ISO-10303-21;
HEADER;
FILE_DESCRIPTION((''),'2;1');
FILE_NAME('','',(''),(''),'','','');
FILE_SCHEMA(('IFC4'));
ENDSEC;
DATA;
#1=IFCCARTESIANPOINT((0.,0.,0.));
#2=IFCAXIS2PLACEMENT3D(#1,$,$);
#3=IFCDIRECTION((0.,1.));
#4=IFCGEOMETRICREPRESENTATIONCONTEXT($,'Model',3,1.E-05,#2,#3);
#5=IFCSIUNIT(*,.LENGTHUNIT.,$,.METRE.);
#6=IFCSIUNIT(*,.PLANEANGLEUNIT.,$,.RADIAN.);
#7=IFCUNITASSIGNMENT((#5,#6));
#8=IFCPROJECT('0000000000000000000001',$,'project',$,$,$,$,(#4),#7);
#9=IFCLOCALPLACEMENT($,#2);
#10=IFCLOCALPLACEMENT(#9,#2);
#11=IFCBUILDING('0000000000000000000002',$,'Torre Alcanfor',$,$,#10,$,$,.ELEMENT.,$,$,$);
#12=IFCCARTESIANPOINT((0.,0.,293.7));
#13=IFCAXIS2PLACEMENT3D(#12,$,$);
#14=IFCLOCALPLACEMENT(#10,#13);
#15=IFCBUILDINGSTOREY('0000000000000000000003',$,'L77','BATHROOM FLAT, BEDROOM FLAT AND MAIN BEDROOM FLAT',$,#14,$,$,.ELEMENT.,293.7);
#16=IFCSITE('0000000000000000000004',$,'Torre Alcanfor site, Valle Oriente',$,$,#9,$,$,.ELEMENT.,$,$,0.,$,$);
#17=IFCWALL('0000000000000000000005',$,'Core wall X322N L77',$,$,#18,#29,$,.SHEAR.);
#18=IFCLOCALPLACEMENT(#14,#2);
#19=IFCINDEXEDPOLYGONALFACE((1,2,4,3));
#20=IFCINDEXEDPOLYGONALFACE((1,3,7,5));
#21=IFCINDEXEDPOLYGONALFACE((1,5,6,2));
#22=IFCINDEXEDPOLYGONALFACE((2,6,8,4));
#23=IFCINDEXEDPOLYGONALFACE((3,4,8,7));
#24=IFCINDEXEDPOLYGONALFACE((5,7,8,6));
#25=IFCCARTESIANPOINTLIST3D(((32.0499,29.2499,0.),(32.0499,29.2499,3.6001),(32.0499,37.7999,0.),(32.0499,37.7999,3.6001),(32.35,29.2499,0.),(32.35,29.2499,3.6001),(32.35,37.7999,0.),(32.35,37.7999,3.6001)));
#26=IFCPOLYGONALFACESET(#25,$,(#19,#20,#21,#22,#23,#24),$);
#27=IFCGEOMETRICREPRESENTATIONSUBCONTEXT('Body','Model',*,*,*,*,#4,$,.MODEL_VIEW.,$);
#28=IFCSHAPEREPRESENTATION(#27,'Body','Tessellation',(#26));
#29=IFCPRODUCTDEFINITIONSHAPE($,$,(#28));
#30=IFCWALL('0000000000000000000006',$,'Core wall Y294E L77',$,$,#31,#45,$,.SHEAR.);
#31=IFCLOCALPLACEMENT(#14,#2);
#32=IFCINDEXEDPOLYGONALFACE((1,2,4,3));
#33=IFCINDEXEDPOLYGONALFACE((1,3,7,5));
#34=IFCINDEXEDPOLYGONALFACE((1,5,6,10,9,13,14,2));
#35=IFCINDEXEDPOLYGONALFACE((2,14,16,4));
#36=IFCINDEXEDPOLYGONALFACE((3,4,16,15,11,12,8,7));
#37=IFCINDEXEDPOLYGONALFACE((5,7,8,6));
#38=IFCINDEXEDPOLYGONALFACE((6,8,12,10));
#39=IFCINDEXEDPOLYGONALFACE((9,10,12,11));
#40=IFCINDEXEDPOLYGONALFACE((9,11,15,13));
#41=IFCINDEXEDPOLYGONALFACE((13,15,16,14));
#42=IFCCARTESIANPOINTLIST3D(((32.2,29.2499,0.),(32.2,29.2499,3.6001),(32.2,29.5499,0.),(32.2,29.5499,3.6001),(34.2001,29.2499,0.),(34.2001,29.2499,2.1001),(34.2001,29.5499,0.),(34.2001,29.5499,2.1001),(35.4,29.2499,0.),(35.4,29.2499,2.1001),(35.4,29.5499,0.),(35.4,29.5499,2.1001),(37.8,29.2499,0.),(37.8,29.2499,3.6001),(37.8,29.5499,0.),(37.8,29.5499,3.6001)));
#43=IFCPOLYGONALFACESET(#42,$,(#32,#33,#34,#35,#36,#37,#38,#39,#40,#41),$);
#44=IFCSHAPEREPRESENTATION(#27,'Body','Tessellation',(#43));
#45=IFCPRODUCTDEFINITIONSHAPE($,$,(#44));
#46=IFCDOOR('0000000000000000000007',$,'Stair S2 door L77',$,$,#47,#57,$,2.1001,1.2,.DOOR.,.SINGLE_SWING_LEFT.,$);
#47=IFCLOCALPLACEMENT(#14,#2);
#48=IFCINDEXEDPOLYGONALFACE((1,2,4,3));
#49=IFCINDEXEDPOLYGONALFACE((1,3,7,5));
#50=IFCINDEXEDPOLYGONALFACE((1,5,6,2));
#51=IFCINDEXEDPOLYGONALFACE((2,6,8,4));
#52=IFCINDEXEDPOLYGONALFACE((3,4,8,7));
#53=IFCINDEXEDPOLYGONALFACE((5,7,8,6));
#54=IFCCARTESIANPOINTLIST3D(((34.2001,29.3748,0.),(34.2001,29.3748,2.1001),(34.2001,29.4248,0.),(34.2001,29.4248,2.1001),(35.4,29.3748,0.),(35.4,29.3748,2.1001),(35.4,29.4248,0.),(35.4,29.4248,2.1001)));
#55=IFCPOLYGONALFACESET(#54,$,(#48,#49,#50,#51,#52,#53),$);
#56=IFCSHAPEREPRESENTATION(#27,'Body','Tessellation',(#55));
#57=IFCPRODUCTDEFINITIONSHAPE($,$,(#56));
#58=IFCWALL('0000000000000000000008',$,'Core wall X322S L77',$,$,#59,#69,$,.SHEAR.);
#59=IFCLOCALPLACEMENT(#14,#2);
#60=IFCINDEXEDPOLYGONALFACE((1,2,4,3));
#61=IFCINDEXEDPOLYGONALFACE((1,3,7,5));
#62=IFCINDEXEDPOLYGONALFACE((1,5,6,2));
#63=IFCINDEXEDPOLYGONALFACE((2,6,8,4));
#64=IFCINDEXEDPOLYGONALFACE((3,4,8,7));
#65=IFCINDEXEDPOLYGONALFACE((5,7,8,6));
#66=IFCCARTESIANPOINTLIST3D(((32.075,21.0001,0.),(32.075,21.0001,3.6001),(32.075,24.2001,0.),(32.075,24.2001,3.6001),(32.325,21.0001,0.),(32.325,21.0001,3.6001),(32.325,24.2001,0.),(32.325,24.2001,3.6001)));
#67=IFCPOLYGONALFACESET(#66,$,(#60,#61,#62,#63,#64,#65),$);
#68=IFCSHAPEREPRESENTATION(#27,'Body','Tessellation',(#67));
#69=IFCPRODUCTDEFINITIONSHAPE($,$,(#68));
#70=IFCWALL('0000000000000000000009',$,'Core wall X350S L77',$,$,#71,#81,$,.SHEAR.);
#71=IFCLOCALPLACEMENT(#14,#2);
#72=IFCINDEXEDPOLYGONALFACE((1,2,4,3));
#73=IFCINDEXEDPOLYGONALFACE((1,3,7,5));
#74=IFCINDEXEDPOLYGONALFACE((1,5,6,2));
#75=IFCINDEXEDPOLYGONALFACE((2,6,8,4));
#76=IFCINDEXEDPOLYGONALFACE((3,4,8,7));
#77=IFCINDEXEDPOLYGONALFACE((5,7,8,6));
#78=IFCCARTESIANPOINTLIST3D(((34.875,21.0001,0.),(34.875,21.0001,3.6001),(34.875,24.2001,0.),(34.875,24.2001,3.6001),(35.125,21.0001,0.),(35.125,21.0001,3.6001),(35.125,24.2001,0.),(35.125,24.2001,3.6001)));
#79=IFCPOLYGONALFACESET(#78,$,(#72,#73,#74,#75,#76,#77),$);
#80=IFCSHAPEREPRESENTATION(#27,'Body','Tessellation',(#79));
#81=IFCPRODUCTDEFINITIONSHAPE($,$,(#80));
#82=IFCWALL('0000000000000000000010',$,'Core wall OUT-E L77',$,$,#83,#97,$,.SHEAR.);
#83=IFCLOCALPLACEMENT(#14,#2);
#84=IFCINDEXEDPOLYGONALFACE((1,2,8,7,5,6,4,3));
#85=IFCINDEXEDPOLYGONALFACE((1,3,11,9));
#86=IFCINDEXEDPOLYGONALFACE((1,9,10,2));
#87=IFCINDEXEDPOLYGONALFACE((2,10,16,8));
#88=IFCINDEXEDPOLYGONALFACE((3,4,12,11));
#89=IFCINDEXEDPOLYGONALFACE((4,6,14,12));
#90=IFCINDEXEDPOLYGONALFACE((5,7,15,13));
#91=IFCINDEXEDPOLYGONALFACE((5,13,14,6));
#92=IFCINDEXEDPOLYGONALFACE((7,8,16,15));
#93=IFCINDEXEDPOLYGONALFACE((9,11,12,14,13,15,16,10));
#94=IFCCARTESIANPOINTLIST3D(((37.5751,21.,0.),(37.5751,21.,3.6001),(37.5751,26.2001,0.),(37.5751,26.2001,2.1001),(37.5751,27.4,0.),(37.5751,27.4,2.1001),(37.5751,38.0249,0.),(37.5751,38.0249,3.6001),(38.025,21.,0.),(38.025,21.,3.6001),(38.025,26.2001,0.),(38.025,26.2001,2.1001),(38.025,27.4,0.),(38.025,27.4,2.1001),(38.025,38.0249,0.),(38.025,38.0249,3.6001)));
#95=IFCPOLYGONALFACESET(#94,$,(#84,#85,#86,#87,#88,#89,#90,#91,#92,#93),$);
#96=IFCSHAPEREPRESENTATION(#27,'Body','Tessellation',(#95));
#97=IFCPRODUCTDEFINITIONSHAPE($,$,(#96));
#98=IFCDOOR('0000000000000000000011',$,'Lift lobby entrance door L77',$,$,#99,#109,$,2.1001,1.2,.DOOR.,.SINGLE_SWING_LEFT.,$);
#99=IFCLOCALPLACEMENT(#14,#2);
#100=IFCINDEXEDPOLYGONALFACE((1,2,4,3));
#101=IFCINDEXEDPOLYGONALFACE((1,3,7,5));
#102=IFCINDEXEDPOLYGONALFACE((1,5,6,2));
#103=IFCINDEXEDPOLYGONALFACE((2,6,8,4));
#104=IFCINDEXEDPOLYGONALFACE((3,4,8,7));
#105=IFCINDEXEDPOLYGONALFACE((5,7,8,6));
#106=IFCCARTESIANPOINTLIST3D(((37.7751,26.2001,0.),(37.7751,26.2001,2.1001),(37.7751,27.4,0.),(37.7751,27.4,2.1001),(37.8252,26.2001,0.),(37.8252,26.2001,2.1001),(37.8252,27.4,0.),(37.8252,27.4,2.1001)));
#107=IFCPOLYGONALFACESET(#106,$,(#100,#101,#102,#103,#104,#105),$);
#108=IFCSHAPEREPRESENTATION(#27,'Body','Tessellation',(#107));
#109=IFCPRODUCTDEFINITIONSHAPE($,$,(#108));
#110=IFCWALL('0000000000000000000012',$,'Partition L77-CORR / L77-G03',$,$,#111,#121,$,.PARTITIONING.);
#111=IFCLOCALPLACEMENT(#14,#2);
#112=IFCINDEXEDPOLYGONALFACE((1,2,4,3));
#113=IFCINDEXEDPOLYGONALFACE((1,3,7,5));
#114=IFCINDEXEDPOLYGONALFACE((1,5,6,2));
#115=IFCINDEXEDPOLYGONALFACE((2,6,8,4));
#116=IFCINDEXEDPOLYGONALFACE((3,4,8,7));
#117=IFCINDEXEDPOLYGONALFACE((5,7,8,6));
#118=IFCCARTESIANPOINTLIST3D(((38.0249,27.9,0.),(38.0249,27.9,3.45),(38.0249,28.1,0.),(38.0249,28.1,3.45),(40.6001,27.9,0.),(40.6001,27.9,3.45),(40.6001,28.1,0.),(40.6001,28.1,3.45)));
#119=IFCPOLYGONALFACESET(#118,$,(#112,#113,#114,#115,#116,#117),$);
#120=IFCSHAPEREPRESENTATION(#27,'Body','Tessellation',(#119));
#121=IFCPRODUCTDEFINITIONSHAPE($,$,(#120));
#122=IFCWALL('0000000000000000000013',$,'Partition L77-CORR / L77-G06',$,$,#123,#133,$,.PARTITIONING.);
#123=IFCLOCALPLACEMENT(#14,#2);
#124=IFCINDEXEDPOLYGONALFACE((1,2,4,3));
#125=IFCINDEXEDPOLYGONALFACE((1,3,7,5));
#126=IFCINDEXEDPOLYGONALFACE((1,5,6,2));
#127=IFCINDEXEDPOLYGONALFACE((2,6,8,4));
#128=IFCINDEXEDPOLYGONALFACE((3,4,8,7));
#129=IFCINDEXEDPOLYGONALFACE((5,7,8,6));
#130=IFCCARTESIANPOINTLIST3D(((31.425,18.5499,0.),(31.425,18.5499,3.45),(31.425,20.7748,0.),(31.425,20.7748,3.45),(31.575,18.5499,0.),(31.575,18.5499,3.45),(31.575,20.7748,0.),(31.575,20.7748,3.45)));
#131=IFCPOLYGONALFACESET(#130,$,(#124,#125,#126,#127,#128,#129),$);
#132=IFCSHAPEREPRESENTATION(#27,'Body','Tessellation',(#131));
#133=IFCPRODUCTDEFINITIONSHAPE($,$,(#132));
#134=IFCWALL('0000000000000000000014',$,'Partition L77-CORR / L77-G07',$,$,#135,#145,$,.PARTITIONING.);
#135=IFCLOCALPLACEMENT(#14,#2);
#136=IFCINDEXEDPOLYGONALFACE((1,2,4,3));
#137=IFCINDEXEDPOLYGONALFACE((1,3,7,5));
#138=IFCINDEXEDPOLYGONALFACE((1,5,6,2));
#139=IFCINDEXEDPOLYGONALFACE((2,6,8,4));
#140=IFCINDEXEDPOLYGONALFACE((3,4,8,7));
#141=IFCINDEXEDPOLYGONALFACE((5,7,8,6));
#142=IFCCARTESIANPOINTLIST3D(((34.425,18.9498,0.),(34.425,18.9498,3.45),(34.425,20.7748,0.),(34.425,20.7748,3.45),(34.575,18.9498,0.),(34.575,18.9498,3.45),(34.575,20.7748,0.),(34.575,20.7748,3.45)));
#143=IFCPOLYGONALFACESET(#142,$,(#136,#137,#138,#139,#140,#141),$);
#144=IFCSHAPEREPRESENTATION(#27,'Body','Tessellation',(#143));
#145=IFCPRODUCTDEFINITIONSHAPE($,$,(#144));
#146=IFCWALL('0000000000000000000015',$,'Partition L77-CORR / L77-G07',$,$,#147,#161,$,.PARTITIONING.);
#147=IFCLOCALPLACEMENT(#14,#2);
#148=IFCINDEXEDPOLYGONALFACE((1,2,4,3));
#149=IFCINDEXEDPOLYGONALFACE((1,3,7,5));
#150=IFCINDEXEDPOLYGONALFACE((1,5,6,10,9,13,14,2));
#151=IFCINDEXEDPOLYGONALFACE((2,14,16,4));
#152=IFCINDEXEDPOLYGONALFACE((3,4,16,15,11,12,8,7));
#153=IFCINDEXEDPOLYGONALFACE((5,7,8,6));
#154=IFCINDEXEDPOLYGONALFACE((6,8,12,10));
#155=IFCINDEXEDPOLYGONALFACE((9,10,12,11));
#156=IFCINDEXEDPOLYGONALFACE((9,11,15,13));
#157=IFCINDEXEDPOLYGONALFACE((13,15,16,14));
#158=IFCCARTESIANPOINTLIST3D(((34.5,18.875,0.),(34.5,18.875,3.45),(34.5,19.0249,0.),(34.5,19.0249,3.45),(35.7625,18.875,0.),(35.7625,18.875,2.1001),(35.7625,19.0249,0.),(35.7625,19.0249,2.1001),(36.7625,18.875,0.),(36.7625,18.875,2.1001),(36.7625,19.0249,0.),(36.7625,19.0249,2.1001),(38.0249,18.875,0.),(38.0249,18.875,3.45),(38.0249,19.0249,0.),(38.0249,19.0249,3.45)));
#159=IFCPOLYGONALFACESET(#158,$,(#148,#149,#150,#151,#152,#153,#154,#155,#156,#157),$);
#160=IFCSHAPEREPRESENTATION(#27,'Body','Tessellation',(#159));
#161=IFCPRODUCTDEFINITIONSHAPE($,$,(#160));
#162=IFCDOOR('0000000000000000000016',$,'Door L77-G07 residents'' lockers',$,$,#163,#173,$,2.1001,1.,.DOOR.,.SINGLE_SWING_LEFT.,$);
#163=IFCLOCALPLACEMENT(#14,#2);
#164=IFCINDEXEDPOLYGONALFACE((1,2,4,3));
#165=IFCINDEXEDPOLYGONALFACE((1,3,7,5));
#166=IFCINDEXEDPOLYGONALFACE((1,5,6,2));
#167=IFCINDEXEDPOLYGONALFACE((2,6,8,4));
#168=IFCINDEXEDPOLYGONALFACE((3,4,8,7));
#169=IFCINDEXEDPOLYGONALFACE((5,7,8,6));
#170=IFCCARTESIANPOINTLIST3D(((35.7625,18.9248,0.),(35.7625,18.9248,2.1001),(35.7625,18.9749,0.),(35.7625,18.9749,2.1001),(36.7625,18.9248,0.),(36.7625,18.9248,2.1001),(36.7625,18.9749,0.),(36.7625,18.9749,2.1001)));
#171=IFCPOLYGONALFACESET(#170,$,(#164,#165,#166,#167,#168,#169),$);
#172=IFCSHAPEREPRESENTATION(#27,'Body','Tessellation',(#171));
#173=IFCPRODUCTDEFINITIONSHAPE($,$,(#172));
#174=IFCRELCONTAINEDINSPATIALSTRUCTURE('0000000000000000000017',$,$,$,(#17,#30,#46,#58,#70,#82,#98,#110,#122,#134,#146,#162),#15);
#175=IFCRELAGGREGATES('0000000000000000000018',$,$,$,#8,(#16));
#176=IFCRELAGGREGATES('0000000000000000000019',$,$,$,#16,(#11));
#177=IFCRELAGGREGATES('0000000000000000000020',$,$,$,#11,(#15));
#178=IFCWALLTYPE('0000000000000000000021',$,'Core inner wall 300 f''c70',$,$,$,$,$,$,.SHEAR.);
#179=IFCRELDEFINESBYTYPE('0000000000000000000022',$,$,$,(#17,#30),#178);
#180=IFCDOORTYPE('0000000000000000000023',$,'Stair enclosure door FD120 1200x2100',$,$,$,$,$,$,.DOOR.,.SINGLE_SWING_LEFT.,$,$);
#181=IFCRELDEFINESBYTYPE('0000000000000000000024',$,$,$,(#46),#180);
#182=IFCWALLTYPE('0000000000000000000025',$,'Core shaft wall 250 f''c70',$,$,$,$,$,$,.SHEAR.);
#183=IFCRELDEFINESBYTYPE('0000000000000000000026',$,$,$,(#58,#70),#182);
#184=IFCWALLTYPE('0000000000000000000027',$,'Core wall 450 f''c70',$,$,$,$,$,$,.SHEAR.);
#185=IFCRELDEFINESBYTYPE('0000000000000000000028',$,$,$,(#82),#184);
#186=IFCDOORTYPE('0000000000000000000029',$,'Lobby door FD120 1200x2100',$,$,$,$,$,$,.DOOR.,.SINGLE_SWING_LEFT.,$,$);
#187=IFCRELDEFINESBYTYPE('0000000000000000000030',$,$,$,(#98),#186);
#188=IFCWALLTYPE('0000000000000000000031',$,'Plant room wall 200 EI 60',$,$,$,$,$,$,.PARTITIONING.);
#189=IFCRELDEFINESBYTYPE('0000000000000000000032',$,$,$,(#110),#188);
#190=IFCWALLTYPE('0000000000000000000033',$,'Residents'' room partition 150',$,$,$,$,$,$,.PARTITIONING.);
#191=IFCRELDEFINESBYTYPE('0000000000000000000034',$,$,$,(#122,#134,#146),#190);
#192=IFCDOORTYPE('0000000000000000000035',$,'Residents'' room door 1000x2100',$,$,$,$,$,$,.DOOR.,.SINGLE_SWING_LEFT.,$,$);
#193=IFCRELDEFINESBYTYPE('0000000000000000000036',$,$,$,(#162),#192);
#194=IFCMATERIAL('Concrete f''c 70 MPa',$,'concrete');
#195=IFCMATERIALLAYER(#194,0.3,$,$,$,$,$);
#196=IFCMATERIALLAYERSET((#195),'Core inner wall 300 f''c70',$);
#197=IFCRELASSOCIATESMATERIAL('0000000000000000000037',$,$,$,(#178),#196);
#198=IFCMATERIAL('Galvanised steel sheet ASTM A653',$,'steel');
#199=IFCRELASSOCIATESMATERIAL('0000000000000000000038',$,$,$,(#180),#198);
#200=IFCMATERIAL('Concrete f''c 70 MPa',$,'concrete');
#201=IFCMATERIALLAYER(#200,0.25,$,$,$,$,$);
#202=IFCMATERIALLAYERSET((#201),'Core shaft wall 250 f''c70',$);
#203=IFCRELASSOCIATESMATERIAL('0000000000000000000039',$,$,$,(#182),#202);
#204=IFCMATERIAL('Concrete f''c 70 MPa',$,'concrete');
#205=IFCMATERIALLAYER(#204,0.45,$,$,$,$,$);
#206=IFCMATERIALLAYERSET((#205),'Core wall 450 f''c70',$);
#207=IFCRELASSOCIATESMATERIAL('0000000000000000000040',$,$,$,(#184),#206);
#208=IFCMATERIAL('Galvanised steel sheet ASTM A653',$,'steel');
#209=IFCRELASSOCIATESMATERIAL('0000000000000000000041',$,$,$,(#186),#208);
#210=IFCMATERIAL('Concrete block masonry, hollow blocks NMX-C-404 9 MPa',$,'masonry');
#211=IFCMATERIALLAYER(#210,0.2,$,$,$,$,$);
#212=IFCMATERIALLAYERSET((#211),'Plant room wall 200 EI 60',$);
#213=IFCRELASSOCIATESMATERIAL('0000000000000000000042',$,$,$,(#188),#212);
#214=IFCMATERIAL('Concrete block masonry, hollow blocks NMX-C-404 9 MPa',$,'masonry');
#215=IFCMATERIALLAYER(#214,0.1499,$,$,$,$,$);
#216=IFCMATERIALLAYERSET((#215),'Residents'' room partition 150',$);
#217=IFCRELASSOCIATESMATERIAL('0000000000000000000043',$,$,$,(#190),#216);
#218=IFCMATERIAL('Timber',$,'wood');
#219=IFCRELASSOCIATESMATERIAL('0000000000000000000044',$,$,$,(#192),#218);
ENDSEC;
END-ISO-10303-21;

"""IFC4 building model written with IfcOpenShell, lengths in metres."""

from ifc_helpers import new_model, si_unit, direction, frame, frame_2d, origin, place, context, subcontext, project, spatial, rectangle, extrude, material, layer, layer_set, type_object, element, fill, save


model = new_model("IFC4")

# Units and contexts
model_context = context("Model", 3, precision=1e-05, world=origin(), true_north=direction((0.0, 1.0)))
body_context = subcontext(model_context, "Body", "Model", "MODEL_VIEW")
ifc_project = project(units=[si_unit("LENGTHUNIT", "METRE"), si_unit("PLANEANGLEUNIT", "RADIAN")], contexts=[model_context])

# Site, building, storey
site_placement = place(None, origin())
site = spatial("IfcSite", under=ifc_project, at=site_placement, Name="Torre Alcanfor site, Valle Oriente", CompositionType="ELEMENT", RefElevation=0.0)
building_placement = place(site_placement, origin())
building = spatial("IfcBuilding", under=site, at=building_placement, Name="Torre Alcanfor", CompositionType="ELEMENT")
storey_placement = place(building_placement, frame((0.0, 0.0, 293.7)))
storey = spatial("IfcBuildingStorey", under=building, at=storey_placement, Name="L77", Description="BATHROOM FLAT, BEDROOM FLAT AND MAIN BEDROOM FLAT", CompositionType="ELEMENT", Elevation=293.7)

# Wall
ifc_material_1 = material(Name="Concrete f'c 70 MPa", Category="concrete")
ifc_layer_1 = layer(ifc_material_1, 0.3)
ifc_layer_set_1 = layer_set([ifc_layer_1], Name="Core inner wall 300 f'c70")
wall_type_1 = type_object("IfcWallType", Name="Core inner wall 300 f'c70", PredefinedType="SHEAR", material=ifc_layer_set_1)
wall_1_placement = place(storey_placement, frame((32.2, 29.25, 0.0), z_axis=(0.0, 0.0, 1.0), x_axis=(0.0, 1.0, 0.0)))
element("IfcWall", 1, at=wall_1_placement, inside=storey, type_object=wall_type_1, Name="Core wall X322N L77", PredefinedType="SHEAR", context=body_context, shape_type="SweptSolid", body=[
    extrude(rectangle(XDim=8.55, YDim=0.3, at=frame_2d((4.2749, 0.0))), origin(), (0.0, 0.0, 1.0), 3.6001),
])

# Wall, opening, door
wall_2_placement = place(storey_placement, frame((32.2, 29.3999, 0.0), z_axis=(0.0, 0.0, 1.0), x_axis=(1.0, 0.0, 0.0)))
wall_2 = element("IfcWall", 2, at=wall_2_placement, inside=storey, type_object=wall_type_1, Name="Core wall Y294E L77", PredefinedType="SHEAR", context=body_context, shape_type="SweptSolid", body=[
    extrude(rectangle(XDim=5.6001, YDim=0.3, at=frame_2d((2.8, 0.0))), origin(), (0.0, 0.0, 1.0), 3.6001),
])
opening_1_placement = place(wall_2_placement, frame((2.0, 0.0, 0.0)))
opening_1 = element("IfcOpeningElement", 3, at=opening_1_placement, cuts=wall_2, PredefinedType="OPENING", context=body_context, shape_type="SweptSolid", body=[
    extrude(rectangle(XDim=1.2, YDim=2.1001, at=frame_2d((0.6001, 1.05))), frame((0.0, 0.1599, 0.0), z_axis=(0.0, -1.0, 0.0), x_axis=(1.0, 0.0, 0.0)), (0.0, 0.0, 1.0), 0.3201),
])
ifc_material_2 = material(Name="Galvanised steel sheet ASTM A653", Category="steel")
door_type_1 = type_object("IfcDoorType", Name="Stair enclosure door FD120 1200x2100", OperationType="SINGLE_SWING_LEFT", PredefinedType="DOOR", material=ifc_material_2)
door_1_placement = place(opening_1_placement, origin())
door_1 = element("IfcDoor", 4, at=door_1_placement, inside=storey, type_object=door_type_1, Name="Stair S2 door L77", OperationType="SINGLE_SWING_LEFT", OverallHeight=2.1001, OverallWidth=1.2, PredefinedType="DOOR", context=body_context, shape_type="SweptSolid", body=[
    extrude(rectangle(XDim=1.2, YDim=2.1001, at=frame_2d((0.6001, 1.05))), frame((0.0, 0.0249, 0.0), z_axis=(0.0, -1.0, 0.0), x_axis=(1.0, 0.0, 0.0)), (0.0, 0.0, 1.0), 0.05),
])
fill(opening_1, door_1)

# Walls
ifc_material_3 = material(Name="Concrete f'c 70 MPa", Category="concrete")
ifc_layer_2 = layer(ifc_material_3, 0.25)
ifc_layer_set_2 = layer_set([ifc_layer_2], Name="Core shaft wall 250 f'c70")
wall_type_2 = type_object("IfcWallType", Name="Core shaft wall 250 f'c70", PredefinedType="SHEAR", material=ifc_layer_set_2)
for number, where, z_axis, x_axis, name in (
    (5, (32.2, 21.0, 0.0), (0.0, 0.0, 1.0), (0.0, 1.0, 0.0), "Core wall X322S L77"),
    (6, (35.0, 21.0, 0.0), (0.0, 0.0, 1.0), (0.0, 1.0, 0.0), "Core wall X350S L77"),
):
    element("IfcWall", number, at=place(storey_placement, frame(where, z_axis=z_axis, x_axis=x_axis)), inside=storey, type_object=wall_type_2, Name=name, PredefinedType="SHEAR", context=body_context, shape_type="SweptSolid", body=[
        extrude(rectangle(XDim=3.2, YDim=0.25, at=frame_2d((1.6001, 0.0))), origin(), (0.0, 0.0, 1.0), 3.6001),
    ])

# Wall, opening, door
ifc_material_4 = material(Name="Concrete f'c 70 MPa", Category="concrete")
ifc_layer_3 = layer(ifc_material_4, 0.45)
ifc_layer_set_3 = layer_set([ifc_layer_3], Name="Core wall 450 f'c70")
wall_type_3 = type_object("IfcWallType", Name="Core wall 450 f'c70", PredefinedType="SHEAR", material=ifc_layer_set_3)
wall_3_placement = place(storey_placement, frame((37.8, 21.0, 0.0), z_axis=(0.0, 0.0, 1.0), x_axis=(0.0, 1.0, 0.0)))
wall_3 = element("IfcWall", 7, at=wall_3_placement, inside=storey, type_object=wall_type_3, Name="Core wall OUT-E L77", PredefinedType="SHEAR", context=body_context, shape_type="SweptSolid", body=[
    extrude(rectangle(XDim=17.0249, YDim=0.45, at=frame_2d((8.5125, 0.0))), origin(), (0.0, 0.0, 1.0), 3.6001),
])
opening_2_placement = place(wall_3_placement, frame((5.2, 0.0, 0.0)))
opening_2 = element("IfcOpeningElement", 8, at=opening_2_placement, cuts=wall_3, PredefinedType="OPENING", context=body_context, shape_type="SweptSolid", body=[
    extrude(rectangle(XDim=1.2, YDim=2.1001, at=frame_2d((0.6001, 1.05))), frame((0.0, 0.2349, 0.0), z_axis=(0.0, -1.0, 0.0), x_axis=(1.0, 0.0, 0.0)), (0.0, 0.0, 1.0), 0.47),
])
ifc_material_5 = material(Name="Galvanised steel sheet ASTM A653", Category="steel")
door_type_2 = type_object("IfcDoorType", Name="Lobby door FD120 1200x2100", OperationType="SINGLE_SWING_LEFT", PredefinedType="DOOR", material=ifc_material_5)
door_2_placement = place(opening_2_placement, origin())
door_2 = element("IfcDoor", 9, at=door_2_placement, inside=storey, type_object=door_type_2, Name="Lift lobby entrance door L77", OperationType="SINGLE_SWING_LEFT", OverallHeight=2.1001, OverallWidth=1.2, PredefinedType="DOOR", context=body_context, shape_type="SweptSolid", body=[
    extrude(rectangle(XDim=1.2, YDim=2.1001, at=frame_2d((0.6001, 1.05))), frame((0.0, 0.0249, 0.0), z_axis=(0.0, -1.0, 0.0), x_axis=(1.0, 0.0, 0.0)), (0.0, 0.0, 1.0), 0.05),
])
fill(opening_2, door_2)

# Walls
ifc_material_6 = material(Name="Concrete block masonry, hollow blocks NMX-C-404 9 MPa", Category="masonry")
ifc_layer_4 = layer(ifc_material_6, 0.2)
ifc_layer_set_4 = layer_set([ifc_layer_4], Name="Plant room wall 200 EI 60")
wall_type_4 = type_object("IfcWallType", Name="Plant room wall 200 EI 60", PredefinedType="PARTITIONING", material=ifc_layer_set_4)
wall_4_placement = place(storey_placement, frame((38.0249, 28.0, 0.0), z_axis=(0.0, 0.0, 1.0), x_axis=(1.0, 0.0, 0.0)))
element("IfcWall", 10, at=wall_4_placement, inside=storey, type_object=wall_type_4, Name="Partition L77-CORR / L77-G03", PredefinedType="PARTITIONING", context=body_context, shape_type="SweptSolid", body=[
    extrude(rectangle(XDim=2.5752, YDim=0.2, at=frame_2d((1.2876, 0.0))), origin(), (0.0, 0.0, 1.0), 3.45),
])
ifc_material_7 = material(Name="Concrete block masonry, hollow blocks NMX-C-404 9 MPa", Category="masonry")
ifc_layer_5 = layer(ifc_material_7, 0.1499)
ifc_layer_set_5 = layer_set([ifc_layer_5], Name="Residents' room partition 150")
wall_type_5 = type_object("IfcWallType", Name="Residents' room partition 150", PredefinedType="PARTITIONING", material=ifc_layer_set_5)
wall_5_placement = place(storey_placement, frame((31.5, 18.55, 0.0), z_axis=(0.0, 0.0, 1.0), x_axis=(0.0, 1.0, 0.0)))
element("IfcWall", 11, at=wall_5_placement, inside=storey, type_object=wall_type_5, Name="Partition L77-CORR / L77-G06", PredefinedType="PARTITIONING", context=body_context, shape_type="SweptSolid", body=[
    extrude(rectangle(XDim=2.2249, YDim=0.1499, at=frame_2d((1.1123, 0.0))), origin(), (0.0, 0.0, 1.0), 3.45),
])
wall_6_placement = place(storey_placement, frame((34.5, 20.7749, 0.0), z_axis=(0.0, 0.0, 1.0), x_axis=(0.0, -1.0, 0.0)))
element("IfcWall", 12, at=wall_6_placement, inside=storey, type_object=wall_type_5, Name="Partition L77-CORR / L77-G07", PredefinedType="PARTITIONING", context=body_context, shape_type="SweptSolid", body=[
    extrude(rectangle(XDim=1.825, YDim=0.1499, at=frame_2d((0.9126, 0.0))), origin(), (0.0, 0.0, 1.0), 3.45),
])

# Wall, opening, door
wall_7_placement = place(storey_placement, frame((34.5, 18.95, 0.0), z_axis=(0.0, 0.0, 1.0), x_axis=(1.0, 0.0, 0.0)))
wall_7 = element("IfcWall", 13, at=wall_7_placement, inside=storey, type_object=wall_type_5, Name="Partition L77-CORR / L77-G07", PredefinedType="PARTITIONING", context=body_context, shape_type="SweptSolid", body=[
    extrude(rectangle(XDim=3.5249, YDim=0.1499, at=frame_2d((1.7625, 0.0))), origin(), (0.0, 0.0, 1.0), 3.45),
])
opening_3_placement = place(wall_7_placement, frame((1.2625, 0.0, 0.0)))
opening_3 = element("IfcOpeningElement", 14, at=opening_3_placement, cuts=wall_7, PredefinedType="OPENING", context=body_context, shape_type="SweptSolid", body=[
    extrude(rectangle(XDim=1.0, YDim=2.1001, at=frame_2d((0.5, 1.05))), frame((0.0, 0.085, 0.0), z_axis=(0.0, -1.0, 0.0), x_axis=(1.0, 0.0, 0.0)), (0.0, 0.0, 1.0), 0.1699),
])
ifc_material_8 = material(Name="Timber", Category="wood")
door_type_3 = type_object("IfcDoorType", Name="Residents' room door 1000x2100", OperationType="SINGLE_SWING_LEFT", PredefinedType="DOOR", material=ifc_material_8)
door_3_placement = place(opening_3_placement, origin())
door_3 = element("IfcDoor", 15, at=door_3_placement, inside=storey, type_object=door_type_3, Name="Door L77-G07 residents' lockers", OperationType="SINGLE_SWING_LEFT", OverallHeight=2.1001, OverallWidth=1.0, PredefinedType="DOOR", context=body_context, shape_type="SweptSolid", body=[
    extrude(rectangle(XDim=1.0, YDim=2.1001, at=frame_2d((0.5, 1.05))), frame((0.0, 0.0249, 0.0), z_axis=(0.0, -1.0, 0.0), x_axis=(1.0, 0.0, 0.0)), (0.0, 0.0, 1.0), 0.05),
])
fill(opening_3, door_3)

save(model, "model.ifc")
